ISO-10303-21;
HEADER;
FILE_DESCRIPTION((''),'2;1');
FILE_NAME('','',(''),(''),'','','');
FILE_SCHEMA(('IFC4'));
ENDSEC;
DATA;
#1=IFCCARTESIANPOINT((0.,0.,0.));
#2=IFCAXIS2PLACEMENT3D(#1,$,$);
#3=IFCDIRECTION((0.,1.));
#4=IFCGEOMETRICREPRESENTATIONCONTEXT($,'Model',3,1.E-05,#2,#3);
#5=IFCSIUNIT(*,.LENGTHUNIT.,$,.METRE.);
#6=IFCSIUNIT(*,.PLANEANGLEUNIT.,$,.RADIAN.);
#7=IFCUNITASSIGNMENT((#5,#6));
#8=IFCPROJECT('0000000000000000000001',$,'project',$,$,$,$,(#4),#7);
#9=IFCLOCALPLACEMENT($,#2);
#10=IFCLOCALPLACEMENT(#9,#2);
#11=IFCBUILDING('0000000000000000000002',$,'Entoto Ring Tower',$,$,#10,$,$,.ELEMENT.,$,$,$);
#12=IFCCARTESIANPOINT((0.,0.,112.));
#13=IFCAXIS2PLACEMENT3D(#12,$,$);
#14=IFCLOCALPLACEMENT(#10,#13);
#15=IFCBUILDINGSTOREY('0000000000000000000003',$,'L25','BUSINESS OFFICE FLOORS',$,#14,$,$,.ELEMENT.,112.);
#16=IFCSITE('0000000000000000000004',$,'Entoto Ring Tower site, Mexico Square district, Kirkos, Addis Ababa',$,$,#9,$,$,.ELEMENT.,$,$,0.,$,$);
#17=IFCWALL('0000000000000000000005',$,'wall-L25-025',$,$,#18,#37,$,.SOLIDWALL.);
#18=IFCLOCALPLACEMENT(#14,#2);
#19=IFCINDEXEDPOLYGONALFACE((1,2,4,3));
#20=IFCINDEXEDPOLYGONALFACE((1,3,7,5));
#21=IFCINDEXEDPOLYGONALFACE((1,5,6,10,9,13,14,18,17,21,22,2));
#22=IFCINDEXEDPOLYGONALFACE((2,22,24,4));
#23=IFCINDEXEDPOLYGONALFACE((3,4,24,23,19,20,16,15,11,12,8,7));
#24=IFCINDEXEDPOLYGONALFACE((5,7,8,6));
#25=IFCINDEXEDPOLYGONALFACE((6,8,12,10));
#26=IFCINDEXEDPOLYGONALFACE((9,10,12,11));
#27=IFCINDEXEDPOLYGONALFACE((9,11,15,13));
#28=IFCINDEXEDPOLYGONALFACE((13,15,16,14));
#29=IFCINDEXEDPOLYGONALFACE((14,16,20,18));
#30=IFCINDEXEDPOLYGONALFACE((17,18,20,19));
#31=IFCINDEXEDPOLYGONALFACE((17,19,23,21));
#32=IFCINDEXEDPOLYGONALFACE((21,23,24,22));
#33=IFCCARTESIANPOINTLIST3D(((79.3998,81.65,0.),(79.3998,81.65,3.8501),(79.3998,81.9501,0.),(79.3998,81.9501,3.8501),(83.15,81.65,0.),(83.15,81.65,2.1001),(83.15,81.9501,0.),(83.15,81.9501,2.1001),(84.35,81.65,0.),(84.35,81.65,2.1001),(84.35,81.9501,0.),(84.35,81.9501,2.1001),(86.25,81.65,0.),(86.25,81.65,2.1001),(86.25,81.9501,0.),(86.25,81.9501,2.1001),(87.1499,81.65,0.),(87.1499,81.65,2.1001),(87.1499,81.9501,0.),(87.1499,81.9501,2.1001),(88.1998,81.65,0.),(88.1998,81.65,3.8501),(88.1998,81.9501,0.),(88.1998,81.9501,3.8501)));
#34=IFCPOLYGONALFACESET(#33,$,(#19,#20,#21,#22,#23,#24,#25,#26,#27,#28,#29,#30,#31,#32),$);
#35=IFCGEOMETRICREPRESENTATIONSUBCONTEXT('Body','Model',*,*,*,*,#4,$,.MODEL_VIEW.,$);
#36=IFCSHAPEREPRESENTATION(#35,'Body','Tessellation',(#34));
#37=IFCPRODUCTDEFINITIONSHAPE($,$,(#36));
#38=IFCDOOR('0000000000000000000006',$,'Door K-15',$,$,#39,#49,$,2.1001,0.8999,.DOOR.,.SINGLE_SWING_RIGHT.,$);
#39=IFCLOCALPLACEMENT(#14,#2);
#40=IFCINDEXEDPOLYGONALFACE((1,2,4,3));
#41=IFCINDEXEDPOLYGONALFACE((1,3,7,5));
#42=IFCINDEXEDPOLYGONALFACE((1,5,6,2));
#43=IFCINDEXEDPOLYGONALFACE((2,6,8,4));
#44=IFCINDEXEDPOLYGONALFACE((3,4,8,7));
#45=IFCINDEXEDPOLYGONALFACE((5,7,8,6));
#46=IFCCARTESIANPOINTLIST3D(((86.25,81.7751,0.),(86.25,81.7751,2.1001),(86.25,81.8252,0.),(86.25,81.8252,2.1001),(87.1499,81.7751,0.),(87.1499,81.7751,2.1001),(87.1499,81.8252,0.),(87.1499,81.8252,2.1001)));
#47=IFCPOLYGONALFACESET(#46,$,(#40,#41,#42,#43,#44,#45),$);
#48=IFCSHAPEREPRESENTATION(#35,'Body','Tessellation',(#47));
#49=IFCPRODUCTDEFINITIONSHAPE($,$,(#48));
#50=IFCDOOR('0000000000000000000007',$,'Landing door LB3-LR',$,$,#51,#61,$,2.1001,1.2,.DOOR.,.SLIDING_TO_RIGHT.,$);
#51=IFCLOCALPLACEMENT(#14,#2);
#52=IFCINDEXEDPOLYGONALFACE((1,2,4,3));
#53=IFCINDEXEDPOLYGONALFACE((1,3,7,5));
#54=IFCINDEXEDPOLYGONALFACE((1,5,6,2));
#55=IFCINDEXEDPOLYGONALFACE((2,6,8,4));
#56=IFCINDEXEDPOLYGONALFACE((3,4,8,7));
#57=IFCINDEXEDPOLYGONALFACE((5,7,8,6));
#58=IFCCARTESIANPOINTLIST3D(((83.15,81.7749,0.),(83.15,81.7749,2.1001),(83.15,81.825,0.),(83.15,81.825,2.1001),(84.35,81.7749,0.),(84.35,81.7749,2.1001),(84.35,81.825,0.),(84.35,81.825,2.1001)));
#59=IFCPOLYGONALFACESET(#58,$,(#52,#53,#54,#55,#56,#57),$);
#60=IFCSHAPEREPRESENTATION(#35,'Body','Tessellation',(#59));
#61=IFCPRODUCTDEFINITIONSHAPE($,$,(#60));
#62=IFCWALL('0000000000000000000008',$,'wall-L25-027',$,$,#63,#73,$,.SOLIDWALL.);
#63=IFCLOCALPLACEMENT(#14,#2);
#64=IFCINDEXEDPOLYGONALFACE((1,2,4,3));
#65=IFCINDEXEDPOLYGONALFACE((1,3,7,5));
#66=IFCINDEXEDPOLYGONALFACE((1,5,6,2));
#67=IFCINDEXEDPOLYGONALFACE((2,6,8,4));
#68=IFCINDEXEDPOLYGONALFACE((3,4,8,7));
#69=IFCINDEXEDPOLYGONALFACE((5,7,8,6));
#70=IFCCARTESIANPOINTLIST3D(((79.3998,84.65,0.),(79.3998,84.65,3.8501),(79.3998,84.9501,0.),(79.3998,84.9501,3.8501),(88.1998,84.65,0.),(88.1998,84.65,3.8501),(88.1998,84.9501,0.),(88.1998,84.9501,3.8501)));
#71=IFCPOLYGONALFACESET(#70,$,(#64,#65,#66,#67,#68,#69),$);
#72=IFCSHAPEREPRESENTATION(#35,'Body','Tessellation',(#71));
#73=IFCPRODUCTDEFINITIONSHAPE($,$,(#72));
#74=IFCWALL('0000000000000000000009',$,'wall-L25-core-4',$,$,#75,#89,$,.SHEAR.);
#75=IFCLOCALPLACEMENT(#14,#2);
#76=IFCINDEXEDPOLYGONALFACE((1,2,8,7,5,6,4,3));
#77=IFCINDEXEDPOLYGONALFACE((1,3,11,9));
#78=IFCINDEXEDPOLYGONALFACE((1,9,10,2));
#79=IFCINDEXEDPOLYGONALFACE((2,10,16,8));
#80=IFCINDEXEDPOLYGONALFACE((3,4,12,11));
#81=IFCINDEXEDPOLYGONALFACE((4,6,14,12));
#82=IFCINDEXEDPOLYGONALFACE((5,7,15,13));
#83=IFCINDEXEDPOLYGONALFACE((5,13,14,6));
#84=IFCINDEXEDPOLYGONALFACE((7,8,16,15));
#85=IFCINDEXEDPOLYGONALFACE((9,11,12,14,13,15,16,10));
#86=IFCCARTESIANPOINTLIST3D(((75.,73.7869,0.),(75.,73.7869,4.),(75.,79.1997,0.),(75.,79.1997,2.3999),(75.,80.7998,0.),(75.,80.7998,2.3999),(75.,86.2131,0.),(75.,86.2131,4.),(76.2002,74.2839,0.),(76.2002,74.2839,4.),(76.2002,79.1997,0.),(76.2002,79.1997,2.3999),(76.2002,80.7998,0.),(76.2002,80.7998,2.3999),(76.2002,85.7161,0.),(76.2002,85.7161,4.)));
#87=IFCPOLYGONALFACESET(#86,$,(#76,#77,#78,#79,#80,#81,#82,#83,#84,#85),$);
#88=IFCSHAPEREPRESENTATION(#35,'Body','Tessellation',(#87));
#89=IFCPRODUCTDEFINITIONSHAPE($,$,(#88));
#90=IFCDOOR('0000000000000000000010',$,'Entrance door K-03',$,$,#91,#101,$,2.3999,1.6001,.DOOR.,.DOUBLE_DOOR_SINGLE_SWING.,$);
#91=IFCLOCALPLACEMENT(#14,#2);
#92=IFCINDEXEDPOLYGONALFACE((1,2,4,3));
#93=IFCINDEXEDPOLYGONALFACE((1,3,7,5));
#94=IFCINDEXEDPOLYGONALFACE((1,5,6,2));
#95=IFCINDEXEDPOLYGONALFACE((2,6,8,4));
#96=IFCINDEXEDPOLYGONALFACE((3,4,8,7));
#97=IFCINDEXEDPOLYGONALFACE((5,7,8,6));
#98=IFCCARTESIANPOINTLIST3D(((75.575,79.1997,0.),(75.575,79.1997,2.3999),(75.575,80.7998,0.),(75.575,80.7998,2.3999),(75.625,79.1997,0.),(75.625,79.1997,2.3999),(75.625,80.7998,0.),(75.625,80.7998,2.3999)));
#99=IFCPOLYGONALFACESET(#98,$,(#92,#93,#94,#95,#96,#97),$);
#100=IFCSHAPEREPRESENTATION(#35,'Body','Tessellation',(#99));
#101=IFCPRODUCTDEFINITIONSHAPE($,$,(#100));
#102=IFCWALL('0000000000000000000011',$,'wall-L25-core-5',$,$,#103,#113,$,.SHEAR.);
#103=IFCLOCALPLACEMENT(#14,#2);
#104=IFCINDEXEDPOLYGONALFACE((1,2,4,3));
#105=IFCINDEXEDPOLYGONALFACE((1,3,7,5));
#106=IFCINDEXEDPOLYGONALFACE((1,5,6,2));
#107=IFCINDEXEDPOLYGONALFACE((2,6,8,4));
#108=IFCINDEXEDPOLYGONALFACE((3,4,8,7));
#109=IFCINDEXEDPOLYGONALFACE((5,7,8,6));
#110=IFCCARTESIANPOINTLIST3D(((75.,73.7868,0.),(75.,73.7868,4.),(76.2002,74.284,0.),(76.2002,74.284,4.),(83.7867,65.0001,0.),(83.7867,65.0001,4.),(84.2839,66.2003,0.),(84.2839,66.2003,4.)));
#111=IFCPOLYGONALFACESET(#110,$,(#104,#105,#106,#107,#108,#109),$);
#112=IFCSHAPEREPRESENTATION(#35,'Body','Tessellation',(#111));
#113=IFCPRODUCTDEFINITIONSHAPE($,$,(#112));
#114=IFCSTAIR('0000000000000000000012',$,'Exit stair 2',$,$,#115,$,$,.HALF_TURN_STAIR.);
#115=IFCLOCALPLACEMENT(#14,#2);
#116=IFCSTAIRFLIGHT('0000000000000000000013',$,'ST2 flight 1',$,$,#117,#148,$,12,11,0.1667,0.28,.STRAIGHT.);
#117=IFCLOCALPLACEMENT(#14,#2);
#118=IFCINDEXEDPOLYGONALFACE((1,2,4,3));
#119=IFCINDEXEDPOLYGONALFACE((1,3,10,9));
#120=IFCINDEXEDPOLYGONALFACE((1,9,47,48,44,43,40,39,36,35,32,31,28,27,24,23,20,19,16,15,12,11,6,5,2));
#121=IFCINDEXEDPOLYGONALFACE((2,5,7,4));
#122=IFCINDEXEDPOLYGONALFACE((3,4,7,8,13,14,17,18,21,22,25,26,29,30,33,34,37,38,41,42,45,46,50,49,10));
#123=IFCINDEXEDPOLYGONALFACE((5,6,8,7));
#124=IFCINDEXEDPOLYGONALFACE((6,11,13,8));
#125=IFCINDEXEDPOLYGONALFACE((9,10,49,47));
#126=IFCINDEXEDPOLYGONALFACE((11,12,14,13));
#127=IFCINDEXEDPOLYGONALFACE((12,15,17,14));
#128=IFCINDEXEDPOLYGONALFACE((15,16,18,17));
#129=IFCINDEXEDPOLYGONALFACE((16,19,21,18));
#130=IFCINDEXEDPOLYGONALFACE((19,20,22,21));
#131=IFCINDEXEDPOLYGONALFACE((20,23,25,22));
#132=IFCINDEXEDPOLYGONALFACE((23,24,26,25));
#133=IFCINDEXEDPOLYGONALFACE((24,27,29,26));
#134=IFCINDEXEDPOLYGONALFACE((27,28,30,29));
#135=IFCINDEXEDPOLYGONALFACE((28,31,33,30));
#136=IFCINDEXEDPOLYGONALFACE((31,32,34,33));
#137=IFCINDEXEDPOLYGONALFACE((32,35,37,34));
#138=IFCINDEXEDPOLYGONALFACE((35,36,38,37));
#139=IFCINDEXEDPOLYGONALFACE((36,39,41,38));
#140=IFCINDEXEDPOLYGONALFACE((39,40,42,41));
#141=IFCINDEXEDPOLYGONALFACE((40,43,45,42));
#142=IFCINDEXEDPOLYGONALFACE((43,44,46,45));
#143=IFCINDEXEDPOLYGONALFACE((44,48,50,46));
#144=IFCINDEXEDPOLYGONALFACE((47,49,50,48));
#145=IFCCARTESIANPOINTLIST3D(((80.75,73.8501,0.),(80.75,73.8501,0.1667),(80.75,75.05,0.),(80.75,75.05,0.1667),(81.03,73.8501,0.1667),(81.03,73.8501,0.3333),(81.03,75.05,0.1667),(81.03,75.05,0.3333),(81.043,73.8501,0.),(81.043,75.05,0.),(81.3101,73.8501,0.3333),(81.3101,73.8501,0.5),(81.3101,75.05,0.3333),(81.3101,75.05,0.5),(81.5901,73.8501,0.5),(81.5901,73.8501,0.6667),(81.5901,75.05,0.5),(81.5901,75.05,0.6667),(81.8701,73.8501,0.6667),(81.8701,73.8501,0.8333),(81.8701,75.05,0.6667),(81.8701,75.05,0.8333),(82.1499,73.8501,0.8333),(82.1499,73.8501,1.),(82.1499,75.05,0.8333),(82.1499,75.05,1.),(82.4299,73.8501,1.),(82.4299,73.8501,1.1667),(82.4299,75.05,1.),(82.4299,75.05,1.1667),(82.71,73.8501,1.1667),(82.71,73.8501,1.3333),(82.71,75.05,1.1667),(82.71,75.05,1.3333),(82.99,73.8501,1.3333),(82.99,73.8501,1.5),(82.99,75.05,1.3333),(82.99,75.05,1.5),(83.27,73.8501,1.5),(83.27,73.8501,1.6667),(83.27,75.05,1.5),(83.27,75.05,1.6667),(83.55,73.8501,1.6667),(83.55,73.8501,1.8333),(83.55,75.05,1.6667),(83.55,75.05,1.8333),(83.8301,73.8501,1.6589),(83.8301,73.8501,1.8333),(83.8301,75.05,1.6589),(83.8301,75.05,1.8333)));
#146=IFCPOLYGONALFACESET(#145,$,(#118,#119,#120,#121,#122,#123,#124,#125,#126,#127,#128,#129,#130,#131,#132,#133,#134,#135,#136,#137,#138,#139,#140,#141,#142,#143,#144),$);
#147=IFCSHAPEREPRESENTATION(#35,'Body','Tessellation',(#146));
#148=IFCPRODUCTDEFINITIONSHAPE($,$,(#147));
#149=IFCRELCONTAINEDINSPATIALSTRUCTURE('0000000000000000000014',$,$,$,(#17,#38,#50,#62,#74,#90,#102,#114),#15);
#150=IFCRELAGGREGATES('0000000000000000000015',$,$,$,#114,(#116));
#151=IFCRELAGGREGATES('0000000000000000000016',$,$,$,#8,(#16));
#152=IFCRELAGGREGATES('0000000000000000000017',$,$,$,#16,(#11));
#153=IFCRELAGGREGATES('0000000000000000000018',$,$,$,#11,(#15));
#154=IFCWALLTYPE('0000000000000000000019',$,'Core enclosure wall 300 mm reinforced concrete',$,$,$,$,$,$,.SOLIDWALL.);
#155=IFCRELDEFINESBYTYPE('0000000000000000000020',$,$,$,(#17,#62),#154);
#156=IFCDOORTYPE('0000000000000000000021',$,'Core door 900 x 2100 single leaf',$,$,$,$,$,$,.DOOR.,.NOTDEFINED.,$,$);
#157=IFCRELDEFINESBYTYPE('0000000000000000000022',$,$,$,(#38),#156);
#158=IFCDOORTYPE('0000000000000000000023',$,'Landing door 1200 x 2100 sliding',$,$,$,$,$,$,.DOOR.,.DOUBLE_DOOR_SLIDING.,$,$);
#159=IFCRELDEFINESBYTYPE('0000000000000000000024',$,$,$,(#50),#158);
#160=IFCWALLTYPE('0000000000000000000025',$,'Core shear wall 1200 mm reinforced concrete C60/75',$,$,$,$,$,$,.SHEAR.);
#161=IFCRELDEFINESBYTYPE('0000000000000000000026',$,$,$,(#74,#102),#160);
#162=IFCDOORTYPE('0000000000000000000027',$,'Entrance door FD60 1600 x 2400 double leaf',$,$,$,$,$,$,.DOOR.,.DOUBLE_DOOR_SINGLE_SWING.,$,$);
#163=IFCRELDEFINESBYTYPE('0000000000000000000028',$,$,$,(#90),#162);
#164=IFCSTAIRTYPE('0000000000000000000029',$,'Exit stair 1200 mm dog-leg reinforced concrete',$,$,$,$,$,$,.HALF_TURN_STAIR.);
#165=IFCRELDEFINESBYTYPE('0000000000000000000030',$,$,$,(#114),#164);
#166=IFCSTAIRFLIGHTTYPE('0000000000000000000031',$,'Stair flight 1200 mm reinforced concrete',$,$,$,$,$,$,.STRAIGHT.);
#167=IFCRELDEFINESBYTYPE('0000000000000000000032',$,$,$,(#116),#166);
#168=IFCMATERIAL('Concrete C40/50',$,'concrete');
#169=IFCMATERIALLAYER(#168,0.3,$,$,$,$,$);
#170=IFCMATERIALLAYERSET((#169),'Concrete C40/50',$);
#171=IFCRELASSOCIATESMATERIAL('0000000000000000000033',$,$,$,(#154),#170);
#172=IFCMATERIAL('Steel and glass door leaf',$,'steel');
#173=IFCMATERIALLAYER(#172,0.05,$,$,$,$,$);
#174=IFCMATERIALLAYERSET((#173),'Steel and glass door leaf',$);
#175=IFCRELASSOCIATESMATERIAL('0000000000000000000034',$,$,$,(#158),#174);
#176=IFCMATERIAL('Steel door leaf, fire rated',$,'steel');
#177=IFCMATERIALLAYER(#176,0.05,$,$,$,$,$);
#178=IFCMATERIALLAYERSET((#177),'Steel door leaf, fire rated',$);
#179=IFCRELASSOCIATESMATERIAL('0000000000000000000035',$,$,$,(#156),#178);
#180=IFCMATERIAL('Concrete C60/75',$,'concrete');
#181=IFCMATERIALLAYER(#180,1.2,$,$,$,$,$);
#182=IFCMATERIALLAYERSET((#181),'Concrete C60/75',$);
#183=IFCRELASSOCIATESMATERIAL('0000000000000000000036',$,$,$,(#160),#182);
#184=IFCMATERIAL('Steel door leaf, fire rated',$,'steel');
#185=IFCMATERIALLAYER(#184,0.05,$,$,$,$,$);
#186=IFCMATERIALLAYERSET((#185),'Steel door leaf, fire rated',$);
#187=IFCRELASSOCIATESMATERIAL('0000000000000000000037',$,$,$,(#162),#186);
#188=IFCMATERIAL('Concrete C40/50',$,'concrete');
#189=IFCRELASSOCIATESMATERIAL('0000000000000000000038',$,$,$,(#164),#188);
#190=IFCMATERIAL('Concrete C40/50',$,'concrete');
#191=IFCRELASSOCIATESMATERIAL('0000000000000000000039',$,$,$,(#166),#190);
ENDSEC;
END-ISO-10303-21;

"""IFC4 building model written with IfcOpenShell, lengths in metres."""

from ifc_helpers import new_model, si_unit, direction, frame, frame_2d, origin, place, context, subcontext, project, spatial, polyline, rectangle, outline, extrude, material, layer, layer_set, type_object, element, fill, aggregate, save


model = new_model("IFC4")

# Units and contexts
model_context = context("Model", 3, precision=1e-05, world=origin(), true_north=direction((0.0, 1.0)))
body_context = subcontext(model_context, "Body", "Model", "MODEL_VIEW")
ifc_project = project(units=[si_unit("LENGTHUNIT", "METRE"), si_unit("PLANEANGLEUNIT", "RADIAN")], contexts=[model_context])

# Site, building, storey
site_placement = place(None, origin())
site = spatial("IfcSite", under=ifc_project, at=site_placement, Name="Entoto Ring Tower site, Mexico Square district, Kirkos, Addis Ababa", CompositionType="ELEMENT", RefElevation=0.0)
building_placement = place(site_placement, origin())
building = spatial("IfcBuilding", under=site, at=building_placement, Name="Entoto Ring Tower", CompositionType="ELEMENT")
storey_placement = place(building_placement, frame((0.0, 0.0, 112.0)))
storey = spatial("IfcBuildingStorey", under=building, at=storey_placement, Name="L25", Description="BUSINESS OFFICE FLOORS", CompositionType="ELEMENT", Elevation=112.0)

# Shared definitions
ifc_material_1 = material(Name="Concrete C40/50", Category="concrete")
ifc_layer_1 = layer(ifc_material_1, 0.3)
ifc_layer_set_1 = layer_set([ifc_layer_1], Name="Concrete C40/50")
wall_type_1 = type_object("IfcWallType", Name="Core enclosure wall 300 mm reinforced concrete", PredefinedType="SOLIDWALL", material=ifc_layer_set_1)

# Shared definitions
ifc_material_2 = material(Name="Steel and glass door leaf", Category="steel")
ifc_layer_2 = layer(ifc_material_2, 0.05)
ifc_layer_set_2 = layer_set([ifc_layer_2], Name="Steel and glass door leaf")
door_type_1 = type_object("IfcDoorType", Name="Landing door 1200 x 2100 sliding", OperationType="DOUBLE_DOOR_SLIDING", PredefinedType="DOOR", material=ifc_layer_set_2)

# Wall, openings, doors
wall_1_placement = place(storey_placement, frame((79.3999, 81.8, 0.0), z_axis=(0.0, 0.0, 1.0), x_axis=(1.0, 0.0, 0.0)))
wall_1 = element("IfcWall", 1, at=wall_1_placement, inside=storey, type_object=wall_type_1, Name="wall-L25-025", PredefinedType="SOLIDWALL", context=body_context, shape_type="SweptSolid", body=[
    extrude(rectangle(XDim=8.8, YDim=0.3, at=frame_2d((4.3999, 0.0))), origin(), (0.0, 0.0, 1.0), 3.8501),
])
opening_1_placement = place(wall_1_placement, frame((3.75, 0.0, 0.0)))
opening_1 = element("IfcOpeningElement", 2, at=opening_1_placement, cuts=wall_1, PredefinedType="OPENING", context=body_context, shape_type="SweptSolid", body=[
    extrude(rectangle(XDim=1.2, YDim=2.1001, at=frame_2d((0.6001, 1.05))), frame((0.0, 0.1602, 0.0), z_axis=(0.0, -1.0, 0.0), x_axis=(1.0, 0.0, 0.0)), (0.0, 0.0, 1.0), 0.3201),
])
opening_2_placement = place(wall_1_placement, frame((6.8501, 0.0, 0.0)))
opening_2 = element("IfcOpeningElement", 3, at=opening_2_placement, cuts=wall_1, PredefinedType="OPENING", context=body_context, shape_type="SweptSolid", body=[
    extrude(rectangle(XDim=0.8999, YDim=2.1001, at=frame_2d((0.45, 1.05))), frame((0.0, 0.1602, 0.0), z_axis=(0.0, -1.0, 0.0), x_axis=(1.0, 0.0, 0.0)), (0.0, 0.0, 1.0), 0.3201),
])
ifc_material_3 = material(Name="Steel door leaf, fire rated", Category="steel")
ifc_layer_3 = layer(ifc_material_3, 0.05)
ifc_layer_set_3 = layer_set([ifc_layer_3], Name="Steel door leaf, fire rated")
door_type_2 = type_object("IfcDoorType", Name="Core door 900 x 2100 single leaf", OperationType="NOTDEFINED", PredefinedType="DOOR", material=ifc_layer_set_3)
door_1_placement = place(opening_2_placement, frame((0.8999, 0.0, 0.0), z_axis=(0.0, 0.0, 1.0), x_axis=(-1.0, 0.0, 0.0)))
door_1 = element("IfcDoor", 4, at=door_1_placement, inside=storey, type_object=door_type_2, Name="Door K-15", OperationType="SINGLE_SWING_RIGHT", OverallHeight=2.1001, OverallWidth=0.8999, PredefinedType="DOOR", context=body_context, shape_type="SweptSolid", body=[
    extrude(rectangle(XDim=0.8999, YDim=2.1001, at=frame_2d((0.45, 1.05))), frame((0.0, 0.0249, 0.0), z_axis=(0.0, -1.0, 0.0), x_axis=(1.0, 0.0, 0.0)), (0.0, 0.0, 1.0), 0.05),
])
fill(opening_2, door_1)
door_2_placement = place(opening_1_placement, origin())
door_2 = element("IfcDoor", 5, at=door_2_placement, inside=storey, type_object=door_type_1, Name="Landing door LB3-LR", OperationType="SLIDING_TO_RIGHT", OverallHeight=2.1001, OverallWidth=1.2, PredefinedType="DOOR", context=body_context, shape_type="SweptSolid", body=[
    extrude(rectangle(XDim=1.2, YDim=2.1001, at=frame_2d((0.6001, 1.05))), frame((0.0, 0.0249, 0.0), z_axis=(0.0, -1.0, 0.0), x_axis=(1.0, 0.0, 0.0)), (0.0, 0.0, 1.0), 0.05),
])
fill(opening_1, door_2)

# Wall
wall_2_placement = place(storey_placement, frame((79.3999, 84.8, 0.0), z_axis=(0.0, 0.0, 1.0), x_axis=(1.0, 0.0, 0.0)))
element("IfcWall", 6, at=wall_2_placement, inside=storey, type_object=wall_type_1, Name="wall-L25-027", PredefinedType="SOLIDWALL", context=body_context, shape_type="SweptSolid", body=[
    extrude(rectangle(XDim=8.8, YDim=0.3, at=frame_2d((4.3999, 0.0))), origin(), (0.0, 0.0, 1.0), 3.8501),
])

# Wall, opening, door
ifc_material_4 = material(Name="Concrete C60/75", Category="concrete")
ifc_layer_4 = layer(ifc_material_4, 1.2)
ifc_layer_set_4 = layer_set([ifc_layer_4], Name="Concrete C60/75")
wall_type_2 = type_object("IfcWallType", Name="Core shear wall 1200 mm reinforced concrete C60/75", PredefinedType="SHEAR", material=ifc_layer_set_4)
wall_3_placement = place(storey_placement, frame((75.6001, 85.9646, 0.0), z_axis=(0.0, 0.0, 1.0), x_axis=(0.0, -1.0, 0.0)))
wall_3 = element("IfcWall", 7, at=wall_3_placement, inside=storey, type_object=wall_type_2, Name="wall-L25-core-4", PredefinedType="SHEAR", context=body_context, shape_type="SweptSolid", body=[
    extrude(outline(polyline([(-0.2485, -0.6001), (12.1777, -0.6001), (11.6807, 0.6001), (0.2485, 0.6001), (-0.2485, -0.6001)])), origin(), (0.0, 0.0, 1.0), 4.0),
])
opening_3_placement = place(wall_3_placement, frame((5.1648, 0.0, 0.0)))
opening_3 = element("IfcOpeningElement", 8, at=opening_3_placement, cuts=wall_3, PredefinedType="OPENING", context=body_context, shape_type="SweptSolid", body=[
    extrude(rectangle(XDim=1.6001, YDim=2.3999, at=frame_2d((0.8, 1.2))), frame((0.0, 0.6099, 0.0), z_axis=(0.0, -1.0, 0.0), x_axis=(1.0, 0.0, 0.0)), (0.0, 0.0, 1.0), 1.22),
])
ifc_material_5 = material(Name="Steel door leaf, fire rated", Category="steel")
ifc_layer_5 = layer(ifc_material_5, 0.05)
ifc_layer_set_5 = layer_set([ifc_layer_5], Name="Steel door leaf, fire rated")
door_type_3 = type_object("IfcDoorType", Name="Entrance door FD60 1600 x 2400 double leaf", OperationType="DOUBLE_DOOR_SINGLE_SWING", PredefinedType="DOOR", material=ifc_layer_set_5)
door_3_placement = place(opening_3_placement, origin())
door_3 = element("IfcDoor", 9, at=door_3_placement, inside=storey, type_object=door_type_3, Name="Entrance door K-03", OperationType="DOUBLE_DOOR_SINGLE_SWING", OverallHeight=2.3999, OverallWidth=1.6001, PredefinedType="DOOR", context=body_context, shape_type="SweptSolid", body=[
    extrude(rectangle(XDim=1.6001, YDim=2.3999, at=frame_2d((0.8, 1.2))), frame((0.0, 0.0249, 0.0), z_axis=(0.0, -1.0, 0.0), x_axis=(1.0, 0.0, 0.0)), (0.0, 0.0, 1.0), 0.05),
])
fill(opening_3, door_3)

# Wall
wall_4_placement = place(storey_placement, frame((75.6001, 74.0354, 0.0), z_axis=(0.0, 0.0, 1.0), x_axis=(0.707107, -0.707107, 0.0)))
element("IfcWall", 10, at=wall_4_placement, inside=storey, type_object=wall_type_2, Name="wall-L25-core-5", PredefinedType="SHEAR", context=body_context, shape_type="SweptSolid", body=[
    extrude(outline(polyline([(-0.2485, -0.6001), (12.1777, -0.6001), (11.6807, 0.6001), (0.2485, 0.6001), (-0.2485, -0.6001)])), origin(), (0.0, 0.0, 1.0), 4.0),
])

# Stair, stair flight
ifc_material_6 = material(Name="Concrete C40/50", Category="concrete")
stair_type = type_object("IfcStairType", Name="Exit stair 1200 mm dog-leg reinforced concrete", PredefinedType="HALF_TURN_STAIR", material=ifc_material_6)
stair_placement = place(storey_placement, origin())
stair = element("IfcStair", 11, at=stair_placement, inside=storey, type_object=stair_type, Name="Exit stair 2", PredefinedType="HALF_TURN_STAIR")
ifc_material_7 = material(Name="Concrete C40/50", Category="concrete")
stair_flight_type = type_object("IfcStairFlightType", Name="Stair flight 1200 mm reinforced concrete", PredefinedType="STRAIGHT", material=ifc_material_7)
stair_flight_1_placement = place(storey_placement, frame((80.75, 74.45, 0.0), z_axis=(0.0, 0.0, 1.0), x_axis=(1.0, 0.0, 0.0)))
stair_flight_1 = element("IfcStairFlight", 12, at=stair_flight_1_placement, type_object=stair_flight_type, Name="ST2 flight 1", NumberOfRisers=12, NumberOfTreads=11, PredefinedType="STRAIGHT", RiserHeight=0.1667, TreadLength=0.28, context=body_context, shape_type="SweptSolid", body=[
    extrude(outline(polyline([(0.0, 0.0), (0.0, 0.1667), (0.28, 0.1667), (0.28, 0.3333), (0.5601, 0.3333), (0.5601, 0.5), (0.8401, 0.5), (0.8401, 0.6667), (1.1201, 0.6667), (1.1201, 0.8333), (1.3999, 0.8333), (1.3999, 1.0), (1.6799, 1.0), (1.6799, 1.1667), (1.96, 1.1667), (1.96, 1.3333), (2.24, 1.3333), (2.24, 1.5), (2.52, 1.5), (2.52, 1.6667), (2.8, 1.6667), (2.8, 1.8333), (3.0801, 1.8333), (3.0801, 2.0), (3.0801, 1.6589), (0.293, 0.0), (0.0, 0.0)])), frame((0.0, 0.6001, 0.0), z_axis=(0.0, -1.0, 0.0), x_axis=(1.0, 0.0, 0.0)), (0.0, 0.0, 1.0), 1.2),
])
aggregate(stair, [stair_flight_1])

save(model, "model.ifc")
